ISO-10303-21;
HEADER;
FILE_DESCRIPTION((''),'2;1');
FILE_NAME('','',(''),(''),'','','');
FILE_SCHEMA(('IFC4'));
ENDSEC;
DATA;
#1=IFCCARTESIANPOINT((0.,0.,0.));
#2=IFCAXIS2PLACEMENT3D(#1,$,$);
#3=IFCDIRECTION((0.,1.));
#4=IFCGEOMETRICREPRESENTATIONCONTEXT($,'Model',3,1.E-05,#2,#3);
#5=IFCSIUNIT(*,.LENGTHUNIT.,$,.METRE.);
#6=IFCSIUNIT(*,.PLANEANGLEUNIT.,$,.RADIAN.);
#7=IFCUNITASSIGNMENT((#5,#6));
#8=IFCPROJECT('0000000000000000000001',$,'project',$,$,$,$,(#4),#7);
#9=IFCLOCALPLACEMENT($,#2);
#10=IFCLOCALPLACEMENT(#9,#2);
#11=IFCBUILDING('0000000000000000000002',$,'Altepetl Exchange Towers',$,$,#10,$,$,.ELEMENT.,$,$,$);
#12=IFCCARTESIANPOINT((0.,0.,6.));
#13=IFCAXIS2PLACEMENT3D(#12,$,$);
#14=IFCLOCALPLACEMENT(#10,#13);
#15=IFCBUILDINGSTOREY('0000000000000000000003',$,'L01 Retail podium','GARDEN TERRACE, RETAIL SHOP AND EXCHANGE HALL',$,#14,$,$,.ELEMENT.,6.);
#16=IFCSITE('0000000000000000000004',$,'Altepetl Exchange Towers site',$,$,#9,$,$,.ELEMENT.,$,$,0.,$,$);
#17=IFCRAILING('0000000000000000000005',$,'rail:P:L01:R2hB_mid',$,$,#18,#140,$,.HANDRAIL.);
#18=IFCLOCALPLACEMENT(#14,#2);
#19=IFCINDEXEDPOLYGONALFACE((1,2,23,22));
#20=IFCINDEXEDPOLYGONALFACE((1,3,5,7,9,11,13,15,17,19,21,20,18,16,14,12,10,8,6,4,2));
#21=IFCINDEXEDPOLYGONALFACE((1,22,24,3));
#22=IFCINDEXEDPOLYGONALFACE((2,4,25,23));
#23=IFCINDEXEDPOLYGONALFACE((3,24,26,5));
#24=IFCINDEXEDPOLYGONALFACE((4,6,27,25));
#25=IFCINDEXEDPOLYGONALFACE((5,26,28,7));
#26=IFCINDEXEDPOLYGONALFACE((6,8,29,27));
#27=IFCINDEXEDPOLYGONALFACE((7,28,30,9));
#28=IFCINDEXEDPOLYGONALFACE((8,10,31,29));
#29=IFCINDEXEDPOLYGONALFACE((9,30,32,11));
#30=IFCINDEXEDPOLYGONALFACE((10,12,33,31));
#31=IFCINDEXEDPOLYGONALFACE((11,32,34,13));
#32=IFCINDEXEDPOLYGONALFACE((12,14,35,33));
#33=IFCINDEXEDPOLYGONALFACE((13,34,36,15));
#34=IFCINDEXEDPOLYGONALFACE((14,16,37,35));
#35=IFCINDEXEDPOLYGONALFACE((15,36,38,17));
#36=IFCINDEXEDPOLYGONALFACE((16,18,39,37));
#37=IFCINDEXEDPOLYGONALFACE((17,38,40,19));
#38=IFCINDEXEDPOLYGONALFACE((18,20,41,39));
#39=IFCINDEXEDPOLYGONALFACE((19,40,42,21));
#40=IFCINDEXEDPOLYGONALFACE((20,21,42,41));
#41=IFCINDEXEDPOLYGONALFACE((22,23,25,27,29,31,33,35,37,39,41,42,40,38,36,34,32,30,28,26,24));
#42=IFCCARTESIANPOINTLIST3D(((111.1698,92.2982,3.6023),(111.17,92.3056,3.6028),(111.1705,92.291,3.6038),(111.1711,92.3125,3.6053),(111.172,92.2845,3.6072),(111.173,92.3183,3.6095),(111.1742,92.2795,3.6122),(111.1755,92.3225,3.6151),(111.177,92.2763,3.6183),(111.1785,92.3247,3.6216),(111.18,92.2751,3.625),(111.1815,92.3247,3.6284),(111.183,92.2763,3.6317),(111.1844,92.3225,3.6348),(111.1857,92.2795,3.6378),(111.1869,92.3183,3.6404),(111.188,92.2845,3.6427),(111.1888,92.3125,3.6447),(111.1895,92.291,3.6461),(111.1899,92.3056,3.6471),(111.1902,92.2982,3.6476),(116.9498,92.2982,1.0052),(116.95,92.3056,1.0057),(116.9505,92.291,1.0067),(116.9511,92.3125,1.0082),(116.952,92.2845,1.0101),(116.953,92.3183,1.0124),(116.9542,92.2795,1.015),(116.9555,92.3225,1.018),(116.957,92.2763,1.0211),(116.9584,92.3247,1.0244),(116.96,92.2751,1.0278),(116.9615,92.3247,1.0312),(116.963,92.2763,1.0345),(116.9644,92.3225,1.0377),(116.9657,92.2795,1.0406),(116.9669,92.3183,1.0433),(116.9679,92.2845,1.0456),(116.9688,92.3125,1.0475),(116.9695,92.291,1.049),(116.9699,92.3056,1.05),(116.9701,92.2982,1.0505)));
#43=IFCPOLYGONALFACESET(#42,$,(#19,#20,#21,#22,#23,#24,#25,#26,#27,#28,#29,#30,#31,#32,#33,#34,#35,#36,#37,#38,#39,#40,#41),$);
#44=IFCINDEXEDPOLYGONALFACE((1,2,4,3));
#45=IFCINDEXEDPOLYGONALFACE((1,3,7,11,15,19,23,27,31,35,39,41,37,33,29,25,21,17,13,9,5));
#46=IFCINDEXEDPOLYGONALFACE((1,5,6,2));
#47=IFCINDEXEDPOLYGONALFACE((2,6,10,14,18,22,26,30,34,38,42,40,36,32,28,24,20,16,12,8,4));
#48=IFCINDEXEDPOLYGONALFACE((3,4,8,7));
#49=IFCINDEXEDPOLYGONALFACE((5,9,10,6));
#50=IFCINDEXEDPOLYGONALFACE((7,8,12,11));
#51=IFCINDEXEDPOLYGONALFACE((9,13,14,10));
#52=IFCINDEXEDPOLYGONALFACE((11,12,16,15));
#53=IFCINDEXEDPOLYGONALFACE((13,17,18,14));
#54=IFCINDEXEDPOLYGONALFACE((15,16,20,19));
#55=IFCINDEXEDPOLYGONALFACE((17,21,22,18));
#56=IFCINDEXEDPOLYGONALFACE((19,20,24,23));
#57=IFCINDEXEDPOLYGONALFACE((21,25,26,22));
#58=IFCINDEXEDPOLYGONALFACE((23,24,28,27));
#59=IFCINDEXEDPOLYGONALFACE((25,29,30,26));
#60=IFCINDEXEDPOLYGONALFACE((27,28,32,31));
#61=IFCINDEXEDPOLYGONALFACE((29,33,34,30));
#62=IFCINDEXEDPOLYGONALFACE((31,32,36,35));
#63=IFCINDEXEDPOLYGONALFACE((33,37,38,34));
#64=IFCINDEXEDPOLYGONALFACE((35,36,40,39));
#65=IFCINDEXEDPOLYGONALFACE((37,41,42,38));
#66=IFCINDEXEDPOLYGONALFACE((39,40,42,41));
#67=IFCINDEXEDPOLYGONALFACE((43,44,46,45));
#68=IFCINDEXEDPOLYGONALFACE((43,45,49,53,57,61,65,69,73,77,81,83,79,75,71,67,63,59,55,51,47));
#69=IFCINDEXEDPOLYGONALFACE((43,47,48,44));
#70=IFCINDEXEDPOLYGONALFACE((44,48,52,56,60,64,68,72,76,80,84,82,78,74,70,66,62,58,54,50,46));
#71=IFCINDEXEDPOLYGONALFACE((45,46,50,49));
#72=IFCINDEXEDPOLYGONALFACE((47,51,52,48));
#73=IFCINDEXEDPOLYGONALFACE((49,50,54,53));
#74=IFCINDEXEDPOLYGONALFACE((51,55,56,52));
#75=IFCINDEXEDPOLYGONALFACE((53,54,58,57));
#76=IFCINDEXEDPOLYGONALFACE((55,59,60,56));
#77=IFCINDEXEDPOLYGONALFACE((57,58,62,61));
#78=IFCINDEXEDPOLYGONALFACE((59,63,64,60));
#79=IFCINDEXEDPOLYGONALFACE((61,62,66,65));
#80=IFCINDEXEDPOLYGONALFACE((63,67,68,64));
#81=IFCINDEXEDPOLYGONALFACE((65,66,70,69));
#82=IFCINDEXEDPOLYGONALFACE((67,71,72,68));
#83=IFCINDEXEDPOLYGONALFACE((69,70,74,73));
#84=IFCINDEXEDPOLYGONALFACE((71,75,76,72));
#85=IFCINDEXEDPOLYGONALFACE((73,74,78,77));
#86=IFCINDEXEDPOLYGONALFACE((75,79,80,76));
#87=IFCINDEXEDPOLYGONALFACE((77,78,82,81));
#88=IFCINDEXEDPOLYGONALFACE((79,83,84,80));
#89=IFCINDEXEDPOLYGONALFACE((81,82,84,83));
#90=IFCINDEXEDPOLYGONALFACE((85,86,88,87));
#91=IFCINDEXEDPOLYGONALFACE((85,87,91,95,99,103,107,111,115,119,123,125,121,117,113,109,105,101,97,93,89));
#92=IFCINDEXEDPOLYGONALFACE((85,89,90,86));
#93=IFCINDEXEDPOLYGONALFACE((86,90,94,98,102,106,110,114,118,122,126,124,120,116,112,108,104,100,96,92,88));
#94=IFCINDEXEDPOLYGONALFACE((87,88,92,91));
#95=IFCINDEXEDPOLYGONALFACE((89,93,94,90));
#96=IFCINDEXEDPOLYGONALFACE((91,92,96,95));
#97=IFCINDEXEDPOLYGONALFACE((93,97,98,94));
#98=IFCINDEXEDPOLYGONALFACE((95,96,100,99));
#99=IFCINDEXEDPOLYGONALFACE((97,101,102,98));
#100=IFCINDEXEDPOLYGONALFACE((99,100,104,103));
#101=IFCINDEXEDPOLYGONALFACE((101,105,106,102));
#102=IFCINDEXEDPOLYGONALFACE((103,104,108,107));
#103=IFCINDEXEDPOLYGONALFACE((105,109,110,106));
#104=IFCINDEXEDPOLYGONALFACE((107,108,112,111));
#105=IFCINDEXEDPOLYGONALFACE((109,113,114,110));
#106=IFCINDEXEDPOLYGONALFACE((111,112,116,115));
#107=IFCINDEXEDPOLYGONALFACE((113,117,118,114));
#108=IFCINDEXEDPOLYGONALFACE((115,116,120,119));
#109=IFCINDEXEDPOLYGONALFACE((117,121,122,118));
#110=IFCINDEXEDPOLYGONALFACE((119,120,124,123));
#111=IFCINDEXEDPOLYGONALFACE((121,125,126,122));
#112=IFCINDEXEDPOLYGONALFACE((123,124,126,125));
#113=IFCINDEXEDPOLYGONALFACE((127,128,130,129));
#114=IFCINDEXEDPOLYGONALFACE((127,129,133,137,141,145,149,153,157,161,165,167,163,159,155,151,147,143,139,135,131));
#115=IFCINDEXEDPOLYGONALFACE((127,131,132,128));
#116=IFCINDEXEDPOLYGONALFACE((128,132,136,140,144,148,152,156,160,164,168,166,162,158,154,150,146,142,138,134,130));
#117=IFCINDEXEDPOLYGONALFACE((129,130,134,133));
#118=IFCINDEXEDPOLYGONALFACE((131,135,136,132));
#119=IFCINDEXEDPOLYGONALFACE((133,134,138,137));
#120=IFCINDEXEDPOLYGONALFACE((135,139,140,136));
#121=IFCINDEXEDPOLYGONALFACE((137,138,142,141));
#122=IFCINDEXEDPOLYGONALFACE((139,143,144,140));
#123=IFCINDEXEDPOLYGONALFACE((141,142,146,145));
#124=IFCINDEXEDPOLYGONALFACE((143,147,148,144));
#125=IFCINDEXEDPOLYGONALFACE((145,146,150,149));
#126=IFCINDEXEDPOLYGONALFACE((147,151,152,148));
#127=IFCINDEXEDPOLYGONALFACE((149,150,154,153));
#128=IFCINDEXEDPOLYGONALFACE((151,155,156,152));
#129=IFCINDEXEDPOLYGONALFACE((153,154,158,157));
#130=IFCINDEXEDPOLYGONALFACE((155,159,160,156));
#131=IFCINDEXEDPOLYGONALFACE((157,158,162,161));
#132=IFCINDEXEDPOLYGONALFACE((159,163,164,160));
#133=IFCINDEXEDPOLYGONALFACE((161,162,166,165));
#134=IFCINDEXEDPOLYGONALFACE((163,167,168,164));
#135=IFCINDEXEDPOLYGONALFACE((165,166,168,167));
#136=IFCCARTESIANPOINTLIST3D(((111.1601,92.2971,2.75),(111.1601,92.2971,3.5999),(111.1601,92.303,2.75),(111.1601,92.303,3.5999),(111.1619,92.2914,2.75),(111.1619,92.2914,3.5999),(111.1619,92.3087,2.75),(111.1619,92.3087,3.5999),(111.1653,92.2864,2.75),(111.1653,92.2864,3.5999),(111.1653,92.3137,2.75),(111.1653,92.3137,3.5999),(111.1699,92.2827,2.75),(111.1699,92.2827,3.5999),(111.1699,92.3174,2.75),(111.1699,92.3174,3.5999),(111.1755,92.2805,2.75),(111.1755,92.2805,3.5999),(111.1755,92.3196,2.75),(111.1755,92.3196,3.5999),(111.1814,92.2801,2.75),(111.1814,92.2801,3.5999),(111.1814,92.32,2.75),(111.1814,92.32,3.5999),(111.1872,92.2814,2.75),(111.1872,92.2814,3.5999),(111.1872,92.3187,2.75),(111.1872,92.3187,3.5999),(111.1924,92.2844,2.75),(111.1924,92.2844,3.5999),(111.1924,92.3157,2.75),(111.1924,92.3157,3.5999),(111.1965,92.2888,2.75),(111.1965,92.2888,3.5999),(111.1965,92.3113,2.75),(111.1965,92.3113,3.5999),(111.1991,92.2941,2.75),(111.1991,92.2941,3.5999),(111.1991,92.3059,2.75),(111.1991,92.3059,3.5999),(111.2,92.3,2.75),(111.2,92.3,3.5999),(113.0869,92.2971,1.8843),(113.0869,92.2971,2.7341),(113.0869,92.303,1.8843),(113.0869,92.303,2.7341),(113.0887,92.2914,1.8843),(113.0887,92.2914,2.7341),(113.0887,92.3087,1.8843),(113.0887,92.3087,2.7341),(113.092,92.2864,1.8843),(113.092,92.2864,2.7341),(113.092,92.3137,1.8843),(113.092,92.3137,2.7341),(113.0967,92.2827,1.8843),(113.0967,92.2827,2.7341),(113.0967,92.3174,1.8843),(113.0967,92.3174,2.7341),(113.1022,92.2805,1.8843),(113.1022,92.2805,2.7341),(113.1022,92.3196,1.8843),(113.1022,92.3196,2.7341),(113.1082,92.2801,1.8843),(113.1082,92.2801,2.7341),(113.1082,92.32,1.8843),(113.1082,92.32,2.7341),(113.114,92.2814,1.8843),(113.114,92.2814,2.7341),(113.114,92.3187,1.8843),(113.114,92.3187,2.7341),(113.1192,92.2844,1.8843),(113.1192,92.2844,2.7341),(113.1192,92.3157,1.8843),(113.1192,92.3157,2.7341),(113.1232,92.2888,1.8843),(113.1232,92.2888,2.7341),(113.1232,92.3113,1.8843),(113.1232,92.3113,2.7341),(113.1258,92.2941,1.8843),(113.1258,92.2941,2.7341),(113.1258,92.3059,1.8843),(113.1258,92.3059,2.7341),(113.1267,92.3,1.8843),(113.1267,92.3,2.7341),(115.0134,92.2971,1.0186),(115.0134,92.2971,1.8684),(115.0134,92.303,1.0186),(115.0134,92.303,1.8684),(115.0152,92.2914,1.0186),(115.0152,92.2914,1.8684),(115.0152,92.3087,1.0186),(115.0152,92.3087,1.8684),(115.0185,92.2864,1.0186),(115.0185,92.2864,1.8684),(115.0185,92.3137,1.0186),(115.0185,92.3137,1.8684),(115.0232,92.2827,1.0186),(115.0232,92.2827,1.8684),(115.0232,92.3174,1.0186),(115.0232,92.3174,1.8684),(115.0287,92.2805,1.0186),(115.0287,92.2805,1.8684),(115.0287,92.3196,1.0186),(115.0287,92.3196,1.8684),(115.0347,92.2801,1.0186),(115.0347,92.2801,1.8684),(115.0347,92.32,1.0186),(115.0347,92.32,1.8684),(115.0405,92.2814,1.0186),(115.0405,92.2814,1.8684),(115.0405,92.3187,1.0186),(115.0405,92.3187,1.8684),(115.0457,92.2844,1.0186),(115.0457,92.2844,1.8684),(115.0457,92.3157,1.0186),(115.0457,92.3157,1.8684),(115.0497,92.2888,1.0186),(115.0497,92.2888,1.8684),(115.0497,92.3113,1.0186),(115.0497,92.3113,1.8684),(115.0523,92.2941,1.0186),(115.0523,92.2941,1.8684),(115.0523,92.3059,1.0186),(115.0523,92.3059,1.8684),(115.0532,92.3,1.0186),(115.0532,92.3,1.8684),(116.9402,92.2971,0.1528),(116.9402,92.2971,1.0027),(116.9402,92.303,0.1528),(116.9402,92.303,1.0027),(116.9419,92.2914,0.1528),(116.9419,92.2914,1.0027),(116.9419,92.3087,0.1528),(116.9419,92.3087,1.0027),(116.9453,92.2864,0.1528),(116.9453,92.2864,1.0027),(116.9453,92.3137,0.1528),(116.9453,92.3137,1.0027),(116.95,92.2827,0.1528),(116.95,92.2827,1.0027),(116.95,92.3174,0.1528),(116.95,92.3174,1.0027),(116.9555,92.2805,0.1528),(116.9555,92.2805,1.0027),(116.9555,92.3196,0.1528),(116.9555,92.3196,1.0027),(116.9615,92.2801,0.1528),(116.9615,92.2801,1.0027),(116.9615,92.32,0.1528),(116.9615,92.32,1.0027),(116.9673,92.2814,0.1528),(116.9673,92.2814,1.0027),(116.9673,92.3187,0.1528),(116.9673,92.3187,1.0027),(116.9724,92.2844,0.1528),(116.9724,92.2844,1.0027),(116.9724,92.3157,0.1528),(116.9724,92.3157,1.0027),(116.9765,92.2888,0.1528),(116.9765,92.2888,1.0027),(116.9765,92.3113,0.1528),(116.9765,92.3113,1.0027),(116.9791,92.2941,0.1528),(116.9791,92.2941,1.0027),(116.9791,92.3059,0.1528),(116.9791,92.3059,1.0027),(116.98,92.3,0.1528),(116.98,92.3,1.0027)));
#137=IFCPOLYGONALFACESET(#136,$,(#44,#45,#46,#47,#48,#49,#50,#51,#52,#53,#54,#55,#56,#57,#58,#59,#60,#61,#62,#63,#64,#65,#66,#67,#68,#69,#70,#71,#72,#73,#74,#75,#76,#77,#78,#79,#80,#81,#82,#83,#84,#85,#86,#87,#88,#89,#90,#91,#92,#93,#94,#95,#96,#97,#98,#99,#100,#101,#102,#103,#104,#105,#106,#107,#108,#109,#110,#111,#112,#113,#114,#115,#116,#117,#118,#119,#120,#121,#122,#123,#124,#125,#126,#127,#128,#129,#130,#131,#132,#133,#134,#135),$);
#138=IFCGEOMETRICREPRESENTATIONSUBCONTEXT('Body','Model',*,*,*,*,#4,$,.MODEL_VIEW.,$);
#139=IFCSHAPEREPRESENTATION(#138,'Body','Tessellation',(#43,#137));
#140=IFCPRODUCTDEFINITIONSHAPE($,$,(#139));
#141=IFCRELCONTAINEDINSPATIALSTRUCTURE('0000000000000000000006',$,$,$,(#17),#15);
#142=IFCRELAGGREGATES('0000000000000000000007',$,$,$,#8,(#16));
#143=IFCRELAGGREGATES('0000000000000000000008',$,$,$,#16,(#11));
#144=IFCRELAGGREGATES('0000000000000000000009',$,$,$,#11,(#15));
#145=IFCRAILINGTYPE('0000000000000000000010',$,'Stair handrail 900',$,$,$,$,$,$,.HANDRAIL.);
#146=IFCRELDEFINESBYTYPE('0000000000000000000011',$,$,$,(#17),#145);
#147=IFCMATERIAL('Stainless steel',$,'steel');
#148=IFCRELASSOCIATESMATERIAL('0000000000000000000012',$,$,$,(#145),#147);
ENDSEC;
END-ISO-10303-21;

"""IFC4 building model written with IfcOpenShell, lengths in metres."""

from ifc_helpers import new_model, si_unit, direction, frame, origin, origin_2d, place, context, subcontext, project, spatial, circle, extrude, source, transform, mapped, material, type_object, element, save


model = new_model("IFC4")

# Units and contexts
model_context = context("Model", 3, precision=1e-05, world=origin(), true_north=direction((0.0, 1.0)))
body_context = subcontext(model_context, "Body", "Model", "MODEL_VIEW")
ifc_project = project(units=[si_unit("LENGTHUNIT", "METRE"), si_unit("PLANEANGLEUNIT", "RADIAN")], contexts=[model_context])

# Site, building, storey
site_placement = place(None, origin())
site = spatial("IfcSite", under=ifc_project, at=site_placement, Name="Altepetl Exchange Towers site", CompositionType="ELEMENT", RefElevation=0.0)
building_placement = place(site_placement, origin())
building = spatial("IfcBuilding", under=site, at=building_placement, Name="Altepetl Exchange Towers", CompositionType="ELEMENT")
storey_placement = place(building_placement, frame((0.0, 0.0, 6.0)))
storey = spatial("IfcBuildingStorey", under=building, at=storey_placement, Name="L01 Retail podium", Description="GARDEN TERRACE, RETAIL SHOP AND EXCHANGE HALL", CompositionType="ELEMENT", Elevation=6.0)

# Railing
ifc_material_1 = material(Name="Stainless steel", Category="steel")
railing_type_1 = type_object("IfcRailingType", Name="Stair handrail 900", PredefinedType="HANDRAIL", material=ifc_material_1)
shared_shape_1 = source(origin(), body_context, "Body", "SweptSolid", [
    extrude(circle(Radius=0.02, at=origin_2d()), origin(), (0.0, 0.0, 1.0), 0.8499),
])
for number, where, name in (
    (1, (116.96, 92.3, 0.1528), "rail:P:L01:R2hB_mid"),
):
    element("IfcRailing", number, at=place(storey_placement, frame(where)), inside=storey, type_object=railing_type_1, Name=name, PredefinedType="HANDRAIL", context=body_context, shape_type="SweptSolid", body=[
        extrude(circle(Radius=0.0249, at=origin_2d()), frame((0.0, 0.0, 0.875), z_axis=(-0.912148, 0.0, 0.40986), x_axis=(0.0, -1.0, 0.0)), (0.0, 0.0, 1.0), 6.3367),
        mapped(shared_shape_1, transform((0.0, 0.0, 0.0))),
        mapped(shared_shape_1, transform((-1.9268, 0.0, 0.8657))),
        mapped(shared_shape_1, transform((-3.8533, 0.0, 1.7314))),
        mapped(shared_shape_1, transform((-5.78, 0.0, 2.5972))),
    ])

save(model, "model.ifc")
